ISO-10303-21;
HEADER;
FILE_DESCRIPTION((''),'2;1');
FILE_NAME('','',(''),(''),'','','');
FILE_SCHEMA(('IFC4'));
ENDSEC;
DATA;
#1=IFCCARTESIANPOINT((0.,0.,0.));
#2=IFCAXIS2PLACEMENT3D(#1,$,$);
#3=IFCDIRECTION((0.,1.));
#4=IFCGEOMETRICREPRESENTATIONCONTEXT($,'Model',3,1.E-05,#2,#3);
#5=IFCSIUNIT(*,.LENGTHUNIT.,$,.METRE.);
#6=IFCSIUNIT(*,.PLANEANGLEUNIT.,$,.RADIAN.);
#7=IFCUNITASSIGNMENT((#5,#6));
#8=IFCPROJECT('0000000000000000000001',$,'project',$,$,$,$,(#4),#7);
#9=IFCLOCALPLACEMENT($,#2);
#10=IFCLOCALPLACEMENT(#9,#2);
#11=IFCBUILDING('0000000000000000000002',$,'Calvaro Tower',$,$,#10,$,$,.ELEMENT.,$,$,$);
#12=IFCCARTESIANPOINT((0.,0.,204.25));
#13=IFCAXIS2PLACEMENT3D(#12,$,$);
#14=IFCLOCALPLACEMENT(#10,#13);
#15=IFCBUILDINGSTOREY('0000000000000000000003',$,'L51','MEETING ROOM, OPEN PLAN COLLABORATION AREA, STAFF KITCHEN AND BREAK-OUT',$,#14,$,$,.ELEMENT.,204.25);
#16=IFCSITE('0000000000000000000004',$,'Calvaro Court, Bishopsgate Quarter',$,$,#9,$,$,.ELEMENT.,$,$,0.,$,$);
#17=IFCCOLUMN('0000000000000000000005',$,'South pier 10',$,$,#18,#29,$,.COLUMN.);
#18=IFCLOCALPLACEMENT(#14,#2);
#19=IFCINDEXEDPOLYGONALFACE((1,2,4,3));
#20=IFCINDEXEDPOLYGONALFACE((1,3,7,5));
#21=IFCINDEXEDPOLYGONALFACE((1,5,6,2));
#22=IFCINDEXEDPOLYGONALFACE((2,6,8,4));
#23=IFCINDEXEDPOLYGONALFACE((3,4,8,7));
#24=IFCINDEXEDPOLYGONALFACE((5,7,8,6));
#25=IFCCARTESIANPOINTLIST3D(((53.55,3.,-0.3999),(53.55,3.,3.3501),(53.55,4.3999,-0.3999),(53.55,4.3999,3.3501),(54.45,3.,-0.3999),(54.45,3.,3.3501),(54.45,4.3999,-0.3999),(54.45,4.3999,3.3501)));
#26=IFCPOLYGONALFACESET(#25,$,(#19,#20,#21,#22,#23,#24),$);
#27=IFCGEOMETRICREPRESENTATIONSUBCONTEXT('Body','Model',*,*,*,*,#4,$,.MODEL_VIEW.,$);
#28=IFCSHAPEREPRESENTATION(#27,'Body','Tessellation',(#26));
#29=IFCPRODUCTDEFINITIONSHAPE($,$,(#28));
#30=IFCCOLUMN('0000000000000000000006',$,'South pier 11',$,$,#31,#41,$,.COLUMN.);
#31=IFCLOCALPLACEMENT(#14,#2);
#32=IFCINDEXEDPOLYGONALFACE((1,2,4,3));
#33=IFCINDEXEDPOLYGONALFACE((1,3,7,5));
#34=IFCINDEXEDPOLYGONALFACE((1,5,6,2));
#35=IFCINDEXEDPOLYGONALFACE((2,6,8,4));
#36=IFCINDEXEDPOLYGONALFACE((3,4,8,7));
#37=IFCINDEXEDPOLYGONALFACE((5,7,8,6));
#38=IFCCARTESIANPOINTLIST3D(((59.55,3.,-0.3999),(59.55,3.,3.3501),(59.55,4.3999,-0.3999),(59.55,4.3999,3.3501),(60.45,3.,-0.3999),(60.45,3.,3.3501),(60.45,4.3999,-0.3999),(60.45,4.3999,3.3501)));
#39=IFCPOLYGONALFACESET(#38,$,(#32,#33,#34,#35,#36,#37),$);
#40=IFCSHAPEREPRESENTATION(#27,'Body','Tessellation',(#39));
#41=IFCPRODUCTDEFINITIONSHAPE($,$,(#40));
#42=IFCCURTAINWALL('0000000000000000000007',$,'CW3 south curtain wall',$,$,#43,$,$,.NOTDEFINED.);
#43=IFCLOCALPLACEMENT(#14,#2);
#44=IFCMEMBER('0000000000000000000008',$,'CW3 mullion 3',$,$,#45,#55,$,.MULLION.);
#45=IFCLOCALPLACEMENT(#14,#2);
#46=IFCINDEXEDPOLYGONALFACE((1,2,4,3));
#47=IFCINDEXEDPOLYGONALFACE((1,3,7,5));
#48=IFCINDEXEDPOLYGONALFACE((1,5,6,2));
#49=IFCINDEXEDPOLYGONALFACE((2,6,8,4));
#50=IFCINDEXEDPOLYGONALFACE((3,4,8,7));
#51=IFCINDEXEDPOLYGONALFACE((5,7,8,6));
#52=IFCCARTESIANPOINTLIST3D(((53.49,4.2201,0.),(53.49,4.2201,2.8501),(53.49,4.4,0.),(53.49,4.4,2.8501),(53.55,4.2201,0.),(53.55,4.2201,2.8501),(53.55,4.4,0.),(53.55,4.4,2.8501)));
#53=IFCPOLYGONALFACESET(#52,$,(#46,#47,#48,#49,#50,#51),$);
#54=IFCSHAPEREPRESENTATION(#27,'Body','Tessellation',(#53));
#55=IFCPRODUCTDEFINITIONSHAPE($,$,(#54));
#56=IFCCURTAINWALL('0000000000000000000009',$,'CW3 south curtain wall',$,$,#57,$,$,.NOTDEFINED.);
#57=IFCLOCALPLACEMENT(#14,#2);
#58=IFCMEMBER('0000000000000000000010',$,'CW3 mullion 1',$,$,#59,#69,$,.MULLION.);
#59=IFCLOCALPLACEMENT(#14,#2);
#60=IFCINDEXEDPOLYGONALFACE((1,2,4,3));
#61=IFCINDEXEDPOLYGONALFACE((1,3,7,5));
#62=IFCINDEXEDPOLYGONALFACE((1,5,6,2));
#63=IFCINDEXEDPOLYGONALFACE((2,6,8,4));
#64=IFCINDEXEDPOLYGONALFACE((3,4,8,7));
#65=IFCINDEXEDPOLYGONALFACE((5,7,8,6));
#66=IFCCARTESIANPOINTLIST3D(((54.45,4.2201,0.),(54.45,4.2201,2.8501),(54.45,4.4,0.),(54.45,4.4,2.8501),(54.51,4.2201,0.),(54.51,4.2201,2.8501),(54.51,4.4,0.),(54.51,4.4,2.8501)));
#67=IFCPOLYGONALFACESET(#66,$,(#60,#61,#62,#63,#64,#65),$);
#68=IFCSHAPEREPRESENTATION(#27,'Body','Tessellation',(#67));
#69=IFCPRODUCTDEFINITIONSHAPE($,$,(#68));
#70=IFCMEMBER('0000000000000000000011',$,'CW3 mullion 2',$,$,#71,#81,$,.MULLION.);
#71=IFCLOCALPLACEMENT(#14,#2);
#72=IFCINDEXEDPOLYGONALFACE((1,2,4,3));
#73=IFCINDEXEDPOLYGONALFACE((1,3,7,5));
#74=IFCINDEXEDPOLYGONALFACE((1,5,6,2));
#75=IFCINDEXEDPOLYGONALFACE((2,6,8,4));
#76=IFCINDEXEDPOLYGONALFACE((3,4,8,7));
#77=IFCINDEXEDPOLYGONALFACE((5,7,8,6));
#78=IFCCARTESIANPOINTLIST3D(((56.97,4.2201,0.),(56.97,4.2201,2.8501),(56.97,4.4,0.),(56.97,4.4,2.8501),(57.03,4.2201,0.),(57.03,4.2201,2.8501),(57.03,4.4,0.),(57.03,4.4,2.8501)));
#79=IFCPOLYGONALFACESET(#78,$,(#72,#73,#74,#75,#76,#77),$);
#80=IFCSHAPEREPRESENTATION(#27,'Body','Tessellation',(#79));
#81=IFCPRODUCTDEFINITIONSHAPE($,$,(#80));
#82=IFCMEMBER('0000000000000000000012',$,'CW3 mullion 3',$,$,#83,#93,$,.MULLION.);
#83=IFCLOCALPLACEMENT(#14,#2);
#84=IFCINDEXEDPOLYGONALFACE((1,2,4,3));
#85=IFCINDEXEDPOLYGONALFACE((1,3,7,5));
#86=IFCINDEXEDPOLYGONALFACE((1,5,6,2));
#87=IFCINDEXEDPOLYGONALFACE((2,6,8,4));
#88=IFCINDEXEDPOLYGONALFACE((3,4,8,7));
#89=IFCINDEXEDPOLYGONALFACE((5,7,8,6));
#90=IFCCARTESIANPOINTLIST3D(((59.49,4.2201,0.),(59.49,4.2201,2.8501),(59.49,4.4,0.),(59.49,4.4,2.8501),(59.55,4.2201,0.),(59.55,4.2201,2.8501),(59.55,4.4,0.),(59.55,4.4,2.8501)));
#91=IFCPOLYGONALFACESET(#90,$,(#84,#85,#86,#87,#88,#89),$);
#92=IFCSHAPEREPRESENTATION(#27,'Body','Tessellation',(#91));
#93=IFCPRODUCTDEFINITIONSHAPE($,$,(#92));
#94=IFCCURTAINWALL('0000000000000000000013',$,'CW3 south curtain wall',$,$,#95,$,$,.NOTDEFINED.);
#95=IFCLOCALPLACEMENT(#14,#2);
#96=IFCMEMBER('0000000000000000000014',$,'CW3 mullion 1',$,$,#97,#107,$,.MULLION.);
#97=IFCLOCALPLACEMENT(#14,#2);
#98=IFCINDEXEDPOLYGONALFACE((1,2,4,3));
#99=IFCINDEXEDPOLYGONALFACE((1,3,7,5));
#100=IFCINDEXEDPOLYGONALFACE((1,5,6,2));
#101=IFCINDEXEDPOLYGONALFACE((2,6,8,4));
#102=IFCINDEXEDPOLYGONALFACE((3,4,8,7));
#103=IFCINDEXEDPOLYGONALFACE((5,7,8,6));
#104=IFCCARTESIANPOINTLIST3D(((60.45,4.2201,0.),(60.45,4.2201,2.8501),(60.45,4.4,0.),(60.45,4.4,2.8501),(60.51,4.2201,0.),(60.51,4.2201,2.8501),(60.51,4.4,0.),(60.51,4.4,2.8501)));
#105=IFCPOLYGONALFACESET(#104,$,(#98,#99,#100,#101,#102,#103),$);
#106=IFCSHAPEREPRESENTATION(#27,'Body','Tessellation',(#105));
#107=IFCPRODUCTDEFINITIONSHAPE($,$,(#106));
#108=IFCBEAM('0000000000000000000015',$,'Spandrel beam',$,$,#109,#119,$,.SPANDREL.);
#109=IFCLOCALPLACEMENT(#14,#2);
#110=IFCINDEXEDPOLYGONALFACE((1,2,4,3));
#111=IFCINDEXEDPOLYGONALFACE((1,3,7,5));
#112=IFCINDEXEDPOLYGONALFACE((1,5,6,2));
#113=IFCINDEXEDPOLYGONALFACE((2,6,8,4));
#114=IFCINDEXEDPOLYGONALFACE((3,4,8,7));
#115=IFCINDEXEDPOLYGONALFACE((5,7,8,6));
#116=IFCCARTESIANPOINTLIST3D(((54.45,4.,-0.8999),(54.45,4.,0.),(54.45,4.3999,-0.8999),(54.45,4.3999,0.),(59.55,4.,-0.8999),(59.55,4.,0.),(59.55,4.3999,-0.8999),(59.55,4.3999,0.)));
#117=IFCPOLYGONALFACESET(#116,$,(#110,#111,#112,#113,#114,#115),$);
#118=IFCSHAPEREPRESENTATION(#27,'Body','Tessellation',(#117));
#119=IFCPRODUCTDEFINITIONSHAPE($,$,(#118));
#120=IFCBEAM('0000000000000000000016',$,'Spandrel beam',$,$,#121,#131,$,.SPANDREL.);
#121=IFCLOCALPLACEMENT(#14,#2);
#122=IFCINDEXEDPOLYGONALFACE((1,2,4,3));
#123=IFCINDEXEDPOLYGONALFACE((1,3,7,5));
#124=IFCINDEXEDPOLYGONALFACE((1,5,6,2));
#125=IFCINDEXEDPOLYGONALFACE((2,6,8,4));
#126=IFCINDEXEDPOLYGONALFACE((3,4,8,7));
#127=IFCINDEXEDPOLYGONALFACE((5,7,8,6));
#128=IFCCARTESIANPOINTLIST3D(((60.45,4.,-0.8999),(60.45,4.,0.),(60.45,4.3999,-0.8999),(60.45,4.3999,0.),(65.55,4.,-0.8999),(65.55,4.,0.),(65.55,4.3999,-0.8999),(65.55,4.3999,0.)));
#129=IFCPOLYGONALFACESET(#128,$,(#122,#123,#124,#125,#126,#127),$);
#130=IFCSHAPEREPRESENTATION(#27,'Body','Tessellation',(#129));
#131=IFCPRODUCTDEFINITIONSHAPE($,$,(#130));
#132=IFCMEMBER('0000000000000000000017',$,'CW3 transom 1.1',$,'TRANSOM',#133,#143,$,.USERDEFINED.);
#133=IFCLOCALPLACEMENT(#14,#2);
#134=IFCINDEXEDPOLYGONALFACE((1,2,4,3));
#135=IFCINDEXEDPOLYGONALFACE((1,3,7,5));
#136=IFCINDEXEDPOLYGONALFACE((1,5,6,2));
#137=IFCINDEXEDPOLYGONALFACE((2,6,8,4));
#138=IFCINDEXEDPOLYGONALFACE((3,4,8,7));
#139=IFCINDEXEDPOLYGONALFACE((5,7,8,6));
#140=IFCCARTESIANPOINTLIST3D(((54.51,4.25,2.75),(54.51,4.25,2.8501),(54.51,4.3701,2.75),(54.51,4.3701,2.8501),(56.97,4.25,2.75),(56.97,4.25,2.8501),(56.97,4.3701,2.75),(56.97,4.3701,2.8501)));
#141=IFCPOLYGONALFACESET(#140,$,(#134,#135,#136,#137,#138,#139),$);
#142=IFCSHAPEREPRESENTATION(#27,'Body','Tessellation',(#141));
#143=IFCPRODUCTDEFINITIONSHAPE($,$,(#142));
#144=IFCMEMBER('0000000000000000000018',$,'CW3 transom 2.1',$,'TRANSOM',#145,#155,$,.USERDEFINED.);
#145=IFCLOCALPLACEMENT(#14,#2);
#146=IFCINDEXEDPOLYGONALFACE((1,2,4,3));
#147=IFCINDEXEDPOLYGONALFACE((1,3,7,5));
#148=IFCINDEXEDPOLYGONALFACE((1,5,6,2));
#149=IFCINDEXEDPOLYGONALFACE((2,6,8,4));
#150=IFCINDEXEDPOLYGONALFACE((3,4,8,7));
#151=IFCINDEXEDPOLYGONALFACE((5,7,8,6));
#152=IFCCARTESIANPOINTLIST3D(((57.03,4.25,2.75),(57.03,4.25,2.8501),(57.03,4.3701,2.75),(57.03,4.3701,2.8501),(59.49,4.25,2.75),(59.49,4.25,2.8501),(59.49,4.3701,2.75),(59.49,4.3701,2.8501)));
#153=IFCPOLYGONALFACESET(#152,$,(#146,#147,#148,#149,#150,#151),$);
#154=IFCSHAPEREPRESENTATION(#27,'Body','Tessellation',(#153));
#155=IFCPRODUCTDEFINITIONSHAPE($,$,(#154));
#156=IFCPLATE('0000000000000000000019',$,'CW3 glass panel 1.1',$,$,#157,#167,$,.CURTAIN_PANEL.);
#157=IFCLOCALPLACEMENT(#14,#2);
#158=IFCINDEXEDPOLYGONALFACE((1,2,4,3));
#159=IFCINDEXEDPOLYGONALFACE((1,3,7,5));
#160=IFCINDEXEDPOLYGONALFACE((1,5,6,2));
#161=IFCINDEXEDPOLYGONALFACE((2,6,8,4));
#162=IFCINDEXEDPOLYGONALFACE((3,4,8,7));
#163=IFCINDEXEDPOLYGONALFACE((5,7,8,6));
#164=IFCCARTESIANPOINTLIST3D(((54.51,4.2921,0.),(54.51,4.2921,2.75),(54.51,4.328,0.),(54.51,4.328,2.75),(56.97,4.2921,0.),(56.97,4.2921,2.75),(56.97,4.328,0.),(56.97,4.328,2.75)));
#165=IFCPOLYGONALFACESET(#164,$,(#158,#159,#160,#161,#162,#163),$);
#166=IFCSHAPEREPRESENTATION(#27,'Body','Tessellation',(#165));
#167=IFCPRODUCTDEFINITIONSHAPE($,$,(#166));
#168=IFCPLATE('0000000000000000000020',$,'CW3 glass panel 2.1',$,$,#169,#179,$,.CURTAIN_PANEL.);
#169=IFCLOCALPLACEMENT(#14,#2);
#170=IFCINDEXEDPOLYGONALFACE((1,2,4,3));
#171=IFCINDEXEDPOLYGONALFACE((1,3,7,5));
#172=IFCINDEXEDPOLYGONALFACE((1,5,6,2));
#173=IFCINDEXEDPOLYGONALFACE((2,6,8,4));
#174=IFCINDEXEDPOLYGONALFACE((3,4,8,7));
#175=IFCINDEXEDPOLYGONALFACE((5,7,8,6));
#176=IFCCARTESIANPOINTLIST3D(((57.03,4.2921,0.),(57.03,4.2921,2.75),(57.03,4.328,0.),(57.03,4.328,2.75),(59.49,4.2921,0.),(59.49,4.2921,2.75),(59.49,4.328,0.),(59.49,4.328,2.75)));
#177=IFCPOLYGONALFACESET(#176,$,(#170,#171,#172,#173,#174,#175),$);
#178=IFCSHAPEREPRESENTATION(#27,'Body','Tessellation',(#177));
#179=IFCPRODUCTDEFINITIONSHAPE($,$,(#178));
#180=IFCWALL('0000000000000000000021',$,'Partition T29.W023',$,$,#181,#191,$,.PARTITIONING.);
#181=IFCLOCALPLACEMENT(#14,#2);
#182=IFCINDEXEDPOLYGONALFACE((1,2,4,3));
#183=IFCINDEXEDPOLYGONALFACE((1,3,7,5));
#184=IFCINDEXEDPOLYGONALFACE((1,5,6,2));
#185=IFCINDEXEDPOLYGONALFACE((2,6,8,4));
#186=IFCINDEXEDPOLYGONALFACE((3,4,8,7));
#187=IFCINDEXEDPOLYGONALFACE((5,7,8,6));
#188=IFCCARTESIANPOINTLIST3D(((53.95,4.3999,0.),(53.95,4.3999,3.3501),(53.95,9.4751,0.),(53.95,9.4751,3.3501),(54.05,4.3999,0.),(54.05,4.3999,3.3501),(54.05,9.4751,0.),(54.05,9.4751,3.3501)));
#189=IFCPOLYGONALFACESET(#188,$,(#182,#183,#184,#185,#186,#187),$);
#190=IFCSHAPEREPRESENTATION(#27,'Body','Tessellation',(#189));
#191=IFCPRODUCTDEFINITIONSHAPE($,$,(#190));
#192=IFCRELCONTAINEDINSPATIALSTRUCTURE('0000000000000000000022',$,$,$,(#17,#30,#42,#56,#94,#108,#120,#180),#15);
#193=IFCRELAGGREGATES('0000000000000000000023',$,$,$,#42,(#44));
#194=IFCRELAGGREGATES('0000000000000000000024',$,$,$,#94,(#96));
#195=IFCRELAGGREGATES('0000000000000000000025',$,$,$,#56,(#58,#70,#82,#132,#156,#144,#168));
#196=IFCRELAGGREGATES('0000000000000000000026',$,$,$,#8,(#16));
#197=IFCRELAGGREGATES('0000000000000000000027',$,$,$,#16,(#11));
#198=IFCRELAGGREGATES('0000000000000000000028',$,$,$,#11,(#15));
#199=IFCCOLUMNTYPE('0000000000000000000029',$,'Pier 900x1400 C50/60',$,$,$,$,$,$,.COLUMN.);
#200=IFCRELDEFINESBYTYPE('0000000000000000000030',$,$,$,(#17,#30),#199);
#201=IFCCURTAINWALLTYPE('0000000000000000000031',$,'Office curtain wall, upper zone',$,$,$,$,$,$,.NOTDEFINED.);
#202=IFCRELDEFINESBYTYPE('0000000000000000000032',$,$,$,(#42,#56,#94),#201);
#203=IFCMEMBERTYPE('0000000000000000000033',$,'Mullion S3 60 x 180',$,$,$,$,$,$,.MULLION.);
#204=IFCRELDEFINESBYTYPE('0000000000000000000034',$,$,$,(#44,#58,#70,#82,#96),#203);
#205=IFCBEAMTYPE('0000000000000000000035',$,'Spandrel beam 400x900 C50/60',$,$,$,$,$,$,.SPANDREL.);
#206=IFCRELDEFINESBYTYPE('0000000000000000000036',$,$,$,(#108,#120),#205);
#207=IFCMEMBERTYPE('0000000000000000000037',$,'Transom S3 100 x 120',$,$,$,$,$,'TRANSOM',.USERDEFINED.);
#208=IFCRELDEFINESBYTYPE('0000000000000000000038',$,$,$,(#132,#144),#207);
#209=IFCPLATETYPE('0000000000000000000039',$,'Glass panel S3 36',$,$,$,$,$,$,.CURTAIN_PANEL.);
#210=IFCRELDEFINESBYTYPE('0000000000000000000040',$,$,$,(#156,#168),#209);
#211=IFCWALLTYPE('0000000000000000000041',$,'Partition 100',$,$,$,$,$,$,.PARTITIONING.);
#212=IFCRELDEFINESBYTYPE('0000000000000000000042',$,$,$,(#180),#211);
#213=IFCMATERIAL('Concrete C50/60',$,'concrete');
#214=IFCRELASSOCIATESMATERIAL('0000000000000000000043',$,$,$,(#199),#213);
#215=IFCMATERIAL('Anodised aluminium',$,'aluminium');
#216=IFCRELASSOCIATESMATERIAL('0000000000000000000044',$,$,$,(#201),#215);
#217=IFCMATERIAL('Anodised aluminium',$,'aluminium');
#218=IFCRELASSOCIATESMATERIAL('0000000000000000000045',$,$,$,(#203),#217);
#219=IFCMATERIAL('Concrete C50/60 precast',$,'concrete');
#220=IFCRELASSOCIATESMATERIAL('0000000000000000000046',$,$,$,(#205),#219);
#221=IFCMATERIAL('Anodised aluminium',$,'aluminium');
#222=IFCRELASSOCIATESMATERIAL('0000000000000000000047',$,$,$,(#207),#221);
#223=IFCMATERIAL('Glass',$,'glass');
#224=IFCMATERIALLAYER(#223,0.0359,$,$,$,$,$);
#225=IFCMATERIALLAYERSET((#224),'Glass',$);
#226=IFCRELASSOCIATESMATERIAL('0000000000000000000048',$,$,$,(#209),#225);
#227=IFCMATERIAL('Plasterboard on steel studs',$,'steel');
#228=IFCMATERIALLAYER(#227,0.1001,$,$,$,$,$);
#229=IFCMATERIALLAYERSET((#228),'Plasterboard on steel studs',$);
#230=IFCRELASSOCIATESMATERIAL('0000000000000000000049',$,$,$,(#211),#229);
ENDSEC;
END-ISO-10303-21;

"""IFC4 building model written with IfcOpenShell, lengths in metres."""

from ifc_helpers import new_model, si_unit, direction, frame, frame_2d, origin, origin_2d, place, context, subcontext, project, spatial, rectangle, extrude, material, layer, layer_set, material_profile, profile_set, type_object, element, aggregate, save


model = new_model("IFC4")

# Units and contexts
model_context = context("Model", 3, precision=1e-05, world=origin(), true_north=direction((0.0, 1.0)))
body_context = subcontext(model_context, "Body", "Model", "MODEL_VIEW")
ifc_project = project(units=[si_unit("LENGTHUNIT", "METRE"), si_unit("PLANEANGLEUNIT", "RADIAN")], contexts=[model_context])

# Site, building, storey
site_placement = place(None, origin())
site = spatial("IfcSite", under=ifc_project, at=site_placement, Name="Calvaro Court, Bishopsgate Quarter", CompositionType="ELEMENT", RefElevation=0.0)
building_placement = place(site_placement, origin())
building = spatial("IfcBuilding", under=site, at=building_placement, Name="Calvaro Tower", CompositionType="ELEMENT")
storey_placement = place(building_placement, frame((0.0, 0.0, 204.25)))
storey = spatial("IfcBuildingStorey", under=building, at=storey_placement, Name="L51", Description="MEETING ROOM, OPEN PLAN COLLABORATION AREA, STAFF KITCHEN AND BREAK-OUT", CompositionType="ELEMENT", Elevation=204.25)

# Columns
ifc_material_1 = material(Name="Concrete C50/60", Category="concrete")
ifc_material_profile_1 = material_profile(ifc_material_1, rectangle(XDim=0.8999, YDim=1.3999, at=origin_2d()), Name="RC 900x1400")
ifc_profile_set_1 = profile_set([ifc_material_profile_1], Name="Concrete C50/60")
column_type = type_object("IfcColumnType", Name="Pier 900x1400 C50/60", PredefinedType="COLUMN", material=ifc_profile_set_1)
for number, where, z_axis, x_axis, name in (
    (1, (54.0, 3.7, -0.3999), (0.0, 0.0, 1.0), (1.0, 0.0, 0.0), "South pier 10"),
    (2, (60.0, 3.7, -0.3999), (0.0, 0.0, 1.0), (1.0, 0.0, 0.0), "South pier 11"),
):
    element("IfcColumn", number, at=place(storey_placement, frame(where, z_axis=z_axis, x_axis=x_axis)), inside=storey, type_object=column_type, Name=name, PredefinedType="COLUMN", context=body_context, shape_type="SweptSolid", body=[
        extrude(rectangle(XDim=0.8999, YDim=1.3999, at=origin_2d()), origin(), (0.0, 0.0, 1.0), 3.75),
    ])

# Curtain wall, member
ifc_material_2 = material(Name="Anodised aluminium", Category="aluminium")
curtain_wall_type = type_object("IfcCurtainWallType", Name="Office curtain wall, upper zone", PredefinedType="NOTDEFINED", material=ifc_material_2)
curtain_wall_1_placement = place(storey_placement, origin())
curtain_wall_1 = element("IfcCurtainWall", 3, at=curtain_wall_1_placement, inside=storey, type_object=curtain_wall_type, Name="CW3 south curtain wall", PredefinedType="NOTDEFINED")
ifc_material_3 = material(Name="Anodised aluminium", Category="aluminium")
ifc_material_profile_2 = material_profile(ifc_material_3, rectangle(XDim=0.1799, YDim=0.0601, at=origin_2d()), Name="Mullion S3 60 x 180")
ifc_profile_set_2 = profile_set([ifc_material_profile_2], Name="Anodised aluminium")
member_type_1 = type_object("IfcMemberType", Name="Mullion S3 60 x 180", PredefinedType="MULLION", material=ifc_profile_set_2)
member_1_placement = place(storey_placement, frame((53.52, 4.3101, 0.0), z_axis=(0.0, 0.0, 1.0), x_axis=(0.0, 1.0, 0.0)))
member_1 = element("IfcMember", 4, at=member_1_placement, type_object=member_type_1, Name="CW3 mullion 3", PredefinedType="MULLION", context=body_context, shape_type="SweptSolid", body=[
    extrude(rectangle(XDim=0.1799, YDim=0.0601, at=origin_2d()), origin(), (0.0, 0.0, 1.0), 2.8501),
])
aggregate(curtain_wall_1, [member_1])

# Curtain wall, members
curtain_wall_2_placement = place(storey_placement, origin())
curtain_wall_2 = element("IfcCurtainWall", 5, at=curtain_wall_2_placement, inside=storey, type_object=curtain_wall_type, Name="CW3 south curtain wall", PredefinedType="NOTDEFINED")
member_2_placement = place(storey_placement, frame((54.48, 4.3101, 0.0), z_axis=(0.0, 0.0, 1.0), x_axis=(0.0, 1.0, 0.0)))
member_2 = element("IfcMember", 6, at=member_2_placement, type_object=member_type_1, Name="CW3 mullion 1", PredefinedType="MULLION", context=body_context, shape_type="SweptSolid", body=[
    extrude(rectangle(XDim=0.1799, YDim=0.0601, at=origin_2d()), origin(), (0.0, 0.0, 1.0), 2.8501),
])
member_3_placement = place(storey_placement, frame((57.0, 4.3101, 0.0), z_axis=(0.0, 0.0, 1.0), x_axis=(0.0, 1.0, 0.0)))
member_3 = element("IfcMember", 7, at=member_3_placement, type_object=member_type_1, Name="CW3 mullion 2", PredefinedType="MULLION", context=body_context, shape_type="SweptSolid", body=[
    extrude(rectangle(XDim=0.1799, YDim=0.0601, at=origin_2d()), origin(), (0.0, 0.0, 1.0), 2.8501),
])
member_4_placement = place(storey_placement, frame((59.52, 4.3101, 0.0), z_axis=(0.0, 0.0, 1.0), x_axis=(0.0, 1.0, 0.0)))
member_4 = element("IfcMember", 8, at=member_4_placement, type_object=member_type_1, Name="CW3 mullion 3", PredefinedType="MULLION", context=body_context, shape_type="SweptSolid", body=[
    extrude(rectangle(XDim=0.1799, YDim=0.0601, at=origin_2d()), origin(), (0.0, 0.0, 1.0), 2.8501),
])

# Curtain wall, member
curtain_wall_3_placement = place(storey_placement, origin())
curtain_wall_3 = element("IfcCurtainWall", 9, at=curtain_wall_3_placement, inside=storey, type_object=curtain_wall_type, Name="CW3 south curtain wall", PredefinedType="NOTDEFINED")
member_5_placement = place(storey_placement, frame((60.48, 4.3101, 0.0), z_axis=(0.0, 0.0, 1.0), x_axis=(0.0, 1.0, 0.0)))
member_5 = element("IfcMember", 10, at=member_5_placement, type_object=member_type_1, Name="CW3 mullion 1", PredefinedType="MULLION", context=body_context, shape_type="SweptSolid", body=[
    extrude(rectangle(XDim=0.1799, YDim=0.0601, at=origin_2d()), origin(), (0.0, 0.0, 1.0), 2.8501),
])
aggregate(curtain_wall_3, [member_5])

# Beams
ifc_material_4 = material(Name="Concrete C50/60 precast", Category="concrete")
ifc_material_profile_3 = material_profile(ifc_material_4, rectangle(XDim=0.3999, YDim=0.8999, at=origin_2d()), Name="RC 400x900")
ifc_profile_set_3 = profile_set([ifc_material_profile_3], Name="Concrete C50/60 precast")
beam_type = type_object("IfcBeamType", Name="Spandrel beam 400x900 C50/60", PredefinedType="SPANDREL", material=ifc_profile_set_3)
for number, where, z_axis, x_axis, name in (
    (11, (54.45, 4.2, -0.45), (1.0, 0.0, 0.0), (0.0, 1.0, 0.0), "Spandrel beam"),
    (12, (60.45, 4.2, -0.45), (1.0, 0.0, 0.0), (0.0, 1.0, 0.0), "Spandrel beam"),
):
    element("IfcBeam", number, at=place(storey_placement, frame(where, z_axis=z_axis, x_axis=x_axis)), inside=storey, type_object=beam_type, Name=name, PredefinedType="SPANDREL", context=body_context, shape_type="SweptSolid", body=[
        extrude(rectangle(XDim=0.3999, YDim=0.8999, at=origin_2d()), origin(), (0.0, 0.0, 1.0), 5.1001),
    ])

# Members
ifc_material_5 = material(Name="Anodised aluminium", Category="aluminium")
ifc_material_profile_4 = material_profile(ifc_material_5, rectangle(XDim=0.1201, YDim=0.1001, at=origin_2d()), Name="Transom S3 100 x 120")
ifc_profile_set_4 = profile_set([ifc_material_profile_4], Name="Anodised aluminium")
member_type_2 = type_object("IfcMemberType", Name="Transom S3 100 x 120", ElementType="TRANSOM", PredefinedType="USERDEFINED", material=ifc_profile_set_4)
member_6_placement = place(storey_placement, frame((54.51, 4.3101, 2.8), z_axis=(1.0, 0.0, 0.0), x_axis=(0.0, 1.0, 0.0)))
member_6 = element("IfcMember", 13, at=member_6_placement, type_object=member_type_2, Name="CW3 transom 1.1", ObjectType="TRANSOM", PredefinedType="USERDEFINED", context=body_context, shape_type="SweptSolid", body=[
    extrude(rectangle(XDim=0.1201, YDim=0.1001, at=origin_2d()), origin(), (0.0, 0.0, 1.0), 2.46),
])
member_7_placement = place(storey_placement, frame((57.03, 4.3101, 2.8), z_axis=(1.0, 0.0, 0.0), x_axis=(0.0, 1.0, 0.0)))
member_7 = element("IfcMember", 14, at=member_7_placement, type_object=member_type_2, Name="CW3 transom 2.1", ObjectType="TRANSOM", PredefinedType="USERDEFINED", context=body_context, shape_type="SweptSolid", body=[
    extrude(rectangle(XDim=0.1201, YDim=0.1001, at=origin_2d()), origin(), (0.0, 0.0, 1.0), 2.46),
])

# Plates
ifc_material_6 = material(Name="Glass", Category="glass")
ifc_layer_1 = layer(ifc_material_6, 0.0359)
ifc_layer_set_1 = layer_set([ifc_layer_1], Name="Glass")
plate_type = type_object("IfcPlateType", Name="Glass panel S3 36", PredefinedType="CURTAIN_PANEL", material=ifc_layer_set_1)
plate_1_placement = place(storey_placement, frame((55.74, 4.3101, 0.0), z_axis=(0.0, 0.0, 1.0), x_axis=(1.0, 0.0, 0.0)))
plate_1 = element("IfcPlate", 15, at=plate_1_placement, type_object=plate_type, Name="CW3 glass panel 1.1", PredefinedType="CURTAIN_PANEL", context=body_context, shape_type="SweptSolid", body=[
    extrude(rectangle(XDim=2.46, YDim=0.0359, at=origin_2d()), origin(), (0.0, 0.0, 1.0), 2.75),
])
plate_2_placement = place(storey_placement, frame((58.26, 4.3101, 0.0), z_axis=(0.0, 0.0, 1.0), x_axis=(1.0, 0.0, 0.0)))
plate_2 = element("IfcPlate", 16, at=plate_2_placement, type_object=plate_type, Name="CW3 glass panel 2.1", PredefinedType="CURTAIN_PANEL", context=body_context, shape_type="SweptSolid", body=[
    extrude(rectangle(XDim=2.46, YDim=0.0359, at=origin_2d()), origin(), (0.0, 0.0, 1.0), 2.75),
])
aggregate(curtain_wall_2, [member_2, member_3, member_4, member_6, plate_1, member_7, plate_2])

# Wall
ifc_material_7 = material(Name="Plasterboard on steel studs", Category="steel")
ifc_layer_2 = layer(ifc_material_7, 0.1001)
ifc_layer_set_2 = layer_set([ifc_layer_2], Name="Plasterboard on steel studs")
wall_type = type_object("IfcWallType", Name="Partition 100", PredefinedType="PARTITIONING", material=ifc_layer_set_2)
wall_placement = place(storey_placement, frame((54.0, 4.3999, 0.0), z_axis=(0.0, 0.0, 1.0), x_axis=(0.0, 1.0, 0.0)))
element("IfcWall", 17, at=wall_placement, inside=storey, type_object=wall_type, Name="Partition T29.W023", PredefinedType="PARTITIONING", context=body_context, shape_type="SweptSolid", body=[
    extrude(rectangle(XDim=5.0752, YDim=0.1001, at=frame_2d((2.5376, 0.0))), origin(), (0.0, 0.0, 1.0), 3.3501),
])

save(model, "model.ifc")
